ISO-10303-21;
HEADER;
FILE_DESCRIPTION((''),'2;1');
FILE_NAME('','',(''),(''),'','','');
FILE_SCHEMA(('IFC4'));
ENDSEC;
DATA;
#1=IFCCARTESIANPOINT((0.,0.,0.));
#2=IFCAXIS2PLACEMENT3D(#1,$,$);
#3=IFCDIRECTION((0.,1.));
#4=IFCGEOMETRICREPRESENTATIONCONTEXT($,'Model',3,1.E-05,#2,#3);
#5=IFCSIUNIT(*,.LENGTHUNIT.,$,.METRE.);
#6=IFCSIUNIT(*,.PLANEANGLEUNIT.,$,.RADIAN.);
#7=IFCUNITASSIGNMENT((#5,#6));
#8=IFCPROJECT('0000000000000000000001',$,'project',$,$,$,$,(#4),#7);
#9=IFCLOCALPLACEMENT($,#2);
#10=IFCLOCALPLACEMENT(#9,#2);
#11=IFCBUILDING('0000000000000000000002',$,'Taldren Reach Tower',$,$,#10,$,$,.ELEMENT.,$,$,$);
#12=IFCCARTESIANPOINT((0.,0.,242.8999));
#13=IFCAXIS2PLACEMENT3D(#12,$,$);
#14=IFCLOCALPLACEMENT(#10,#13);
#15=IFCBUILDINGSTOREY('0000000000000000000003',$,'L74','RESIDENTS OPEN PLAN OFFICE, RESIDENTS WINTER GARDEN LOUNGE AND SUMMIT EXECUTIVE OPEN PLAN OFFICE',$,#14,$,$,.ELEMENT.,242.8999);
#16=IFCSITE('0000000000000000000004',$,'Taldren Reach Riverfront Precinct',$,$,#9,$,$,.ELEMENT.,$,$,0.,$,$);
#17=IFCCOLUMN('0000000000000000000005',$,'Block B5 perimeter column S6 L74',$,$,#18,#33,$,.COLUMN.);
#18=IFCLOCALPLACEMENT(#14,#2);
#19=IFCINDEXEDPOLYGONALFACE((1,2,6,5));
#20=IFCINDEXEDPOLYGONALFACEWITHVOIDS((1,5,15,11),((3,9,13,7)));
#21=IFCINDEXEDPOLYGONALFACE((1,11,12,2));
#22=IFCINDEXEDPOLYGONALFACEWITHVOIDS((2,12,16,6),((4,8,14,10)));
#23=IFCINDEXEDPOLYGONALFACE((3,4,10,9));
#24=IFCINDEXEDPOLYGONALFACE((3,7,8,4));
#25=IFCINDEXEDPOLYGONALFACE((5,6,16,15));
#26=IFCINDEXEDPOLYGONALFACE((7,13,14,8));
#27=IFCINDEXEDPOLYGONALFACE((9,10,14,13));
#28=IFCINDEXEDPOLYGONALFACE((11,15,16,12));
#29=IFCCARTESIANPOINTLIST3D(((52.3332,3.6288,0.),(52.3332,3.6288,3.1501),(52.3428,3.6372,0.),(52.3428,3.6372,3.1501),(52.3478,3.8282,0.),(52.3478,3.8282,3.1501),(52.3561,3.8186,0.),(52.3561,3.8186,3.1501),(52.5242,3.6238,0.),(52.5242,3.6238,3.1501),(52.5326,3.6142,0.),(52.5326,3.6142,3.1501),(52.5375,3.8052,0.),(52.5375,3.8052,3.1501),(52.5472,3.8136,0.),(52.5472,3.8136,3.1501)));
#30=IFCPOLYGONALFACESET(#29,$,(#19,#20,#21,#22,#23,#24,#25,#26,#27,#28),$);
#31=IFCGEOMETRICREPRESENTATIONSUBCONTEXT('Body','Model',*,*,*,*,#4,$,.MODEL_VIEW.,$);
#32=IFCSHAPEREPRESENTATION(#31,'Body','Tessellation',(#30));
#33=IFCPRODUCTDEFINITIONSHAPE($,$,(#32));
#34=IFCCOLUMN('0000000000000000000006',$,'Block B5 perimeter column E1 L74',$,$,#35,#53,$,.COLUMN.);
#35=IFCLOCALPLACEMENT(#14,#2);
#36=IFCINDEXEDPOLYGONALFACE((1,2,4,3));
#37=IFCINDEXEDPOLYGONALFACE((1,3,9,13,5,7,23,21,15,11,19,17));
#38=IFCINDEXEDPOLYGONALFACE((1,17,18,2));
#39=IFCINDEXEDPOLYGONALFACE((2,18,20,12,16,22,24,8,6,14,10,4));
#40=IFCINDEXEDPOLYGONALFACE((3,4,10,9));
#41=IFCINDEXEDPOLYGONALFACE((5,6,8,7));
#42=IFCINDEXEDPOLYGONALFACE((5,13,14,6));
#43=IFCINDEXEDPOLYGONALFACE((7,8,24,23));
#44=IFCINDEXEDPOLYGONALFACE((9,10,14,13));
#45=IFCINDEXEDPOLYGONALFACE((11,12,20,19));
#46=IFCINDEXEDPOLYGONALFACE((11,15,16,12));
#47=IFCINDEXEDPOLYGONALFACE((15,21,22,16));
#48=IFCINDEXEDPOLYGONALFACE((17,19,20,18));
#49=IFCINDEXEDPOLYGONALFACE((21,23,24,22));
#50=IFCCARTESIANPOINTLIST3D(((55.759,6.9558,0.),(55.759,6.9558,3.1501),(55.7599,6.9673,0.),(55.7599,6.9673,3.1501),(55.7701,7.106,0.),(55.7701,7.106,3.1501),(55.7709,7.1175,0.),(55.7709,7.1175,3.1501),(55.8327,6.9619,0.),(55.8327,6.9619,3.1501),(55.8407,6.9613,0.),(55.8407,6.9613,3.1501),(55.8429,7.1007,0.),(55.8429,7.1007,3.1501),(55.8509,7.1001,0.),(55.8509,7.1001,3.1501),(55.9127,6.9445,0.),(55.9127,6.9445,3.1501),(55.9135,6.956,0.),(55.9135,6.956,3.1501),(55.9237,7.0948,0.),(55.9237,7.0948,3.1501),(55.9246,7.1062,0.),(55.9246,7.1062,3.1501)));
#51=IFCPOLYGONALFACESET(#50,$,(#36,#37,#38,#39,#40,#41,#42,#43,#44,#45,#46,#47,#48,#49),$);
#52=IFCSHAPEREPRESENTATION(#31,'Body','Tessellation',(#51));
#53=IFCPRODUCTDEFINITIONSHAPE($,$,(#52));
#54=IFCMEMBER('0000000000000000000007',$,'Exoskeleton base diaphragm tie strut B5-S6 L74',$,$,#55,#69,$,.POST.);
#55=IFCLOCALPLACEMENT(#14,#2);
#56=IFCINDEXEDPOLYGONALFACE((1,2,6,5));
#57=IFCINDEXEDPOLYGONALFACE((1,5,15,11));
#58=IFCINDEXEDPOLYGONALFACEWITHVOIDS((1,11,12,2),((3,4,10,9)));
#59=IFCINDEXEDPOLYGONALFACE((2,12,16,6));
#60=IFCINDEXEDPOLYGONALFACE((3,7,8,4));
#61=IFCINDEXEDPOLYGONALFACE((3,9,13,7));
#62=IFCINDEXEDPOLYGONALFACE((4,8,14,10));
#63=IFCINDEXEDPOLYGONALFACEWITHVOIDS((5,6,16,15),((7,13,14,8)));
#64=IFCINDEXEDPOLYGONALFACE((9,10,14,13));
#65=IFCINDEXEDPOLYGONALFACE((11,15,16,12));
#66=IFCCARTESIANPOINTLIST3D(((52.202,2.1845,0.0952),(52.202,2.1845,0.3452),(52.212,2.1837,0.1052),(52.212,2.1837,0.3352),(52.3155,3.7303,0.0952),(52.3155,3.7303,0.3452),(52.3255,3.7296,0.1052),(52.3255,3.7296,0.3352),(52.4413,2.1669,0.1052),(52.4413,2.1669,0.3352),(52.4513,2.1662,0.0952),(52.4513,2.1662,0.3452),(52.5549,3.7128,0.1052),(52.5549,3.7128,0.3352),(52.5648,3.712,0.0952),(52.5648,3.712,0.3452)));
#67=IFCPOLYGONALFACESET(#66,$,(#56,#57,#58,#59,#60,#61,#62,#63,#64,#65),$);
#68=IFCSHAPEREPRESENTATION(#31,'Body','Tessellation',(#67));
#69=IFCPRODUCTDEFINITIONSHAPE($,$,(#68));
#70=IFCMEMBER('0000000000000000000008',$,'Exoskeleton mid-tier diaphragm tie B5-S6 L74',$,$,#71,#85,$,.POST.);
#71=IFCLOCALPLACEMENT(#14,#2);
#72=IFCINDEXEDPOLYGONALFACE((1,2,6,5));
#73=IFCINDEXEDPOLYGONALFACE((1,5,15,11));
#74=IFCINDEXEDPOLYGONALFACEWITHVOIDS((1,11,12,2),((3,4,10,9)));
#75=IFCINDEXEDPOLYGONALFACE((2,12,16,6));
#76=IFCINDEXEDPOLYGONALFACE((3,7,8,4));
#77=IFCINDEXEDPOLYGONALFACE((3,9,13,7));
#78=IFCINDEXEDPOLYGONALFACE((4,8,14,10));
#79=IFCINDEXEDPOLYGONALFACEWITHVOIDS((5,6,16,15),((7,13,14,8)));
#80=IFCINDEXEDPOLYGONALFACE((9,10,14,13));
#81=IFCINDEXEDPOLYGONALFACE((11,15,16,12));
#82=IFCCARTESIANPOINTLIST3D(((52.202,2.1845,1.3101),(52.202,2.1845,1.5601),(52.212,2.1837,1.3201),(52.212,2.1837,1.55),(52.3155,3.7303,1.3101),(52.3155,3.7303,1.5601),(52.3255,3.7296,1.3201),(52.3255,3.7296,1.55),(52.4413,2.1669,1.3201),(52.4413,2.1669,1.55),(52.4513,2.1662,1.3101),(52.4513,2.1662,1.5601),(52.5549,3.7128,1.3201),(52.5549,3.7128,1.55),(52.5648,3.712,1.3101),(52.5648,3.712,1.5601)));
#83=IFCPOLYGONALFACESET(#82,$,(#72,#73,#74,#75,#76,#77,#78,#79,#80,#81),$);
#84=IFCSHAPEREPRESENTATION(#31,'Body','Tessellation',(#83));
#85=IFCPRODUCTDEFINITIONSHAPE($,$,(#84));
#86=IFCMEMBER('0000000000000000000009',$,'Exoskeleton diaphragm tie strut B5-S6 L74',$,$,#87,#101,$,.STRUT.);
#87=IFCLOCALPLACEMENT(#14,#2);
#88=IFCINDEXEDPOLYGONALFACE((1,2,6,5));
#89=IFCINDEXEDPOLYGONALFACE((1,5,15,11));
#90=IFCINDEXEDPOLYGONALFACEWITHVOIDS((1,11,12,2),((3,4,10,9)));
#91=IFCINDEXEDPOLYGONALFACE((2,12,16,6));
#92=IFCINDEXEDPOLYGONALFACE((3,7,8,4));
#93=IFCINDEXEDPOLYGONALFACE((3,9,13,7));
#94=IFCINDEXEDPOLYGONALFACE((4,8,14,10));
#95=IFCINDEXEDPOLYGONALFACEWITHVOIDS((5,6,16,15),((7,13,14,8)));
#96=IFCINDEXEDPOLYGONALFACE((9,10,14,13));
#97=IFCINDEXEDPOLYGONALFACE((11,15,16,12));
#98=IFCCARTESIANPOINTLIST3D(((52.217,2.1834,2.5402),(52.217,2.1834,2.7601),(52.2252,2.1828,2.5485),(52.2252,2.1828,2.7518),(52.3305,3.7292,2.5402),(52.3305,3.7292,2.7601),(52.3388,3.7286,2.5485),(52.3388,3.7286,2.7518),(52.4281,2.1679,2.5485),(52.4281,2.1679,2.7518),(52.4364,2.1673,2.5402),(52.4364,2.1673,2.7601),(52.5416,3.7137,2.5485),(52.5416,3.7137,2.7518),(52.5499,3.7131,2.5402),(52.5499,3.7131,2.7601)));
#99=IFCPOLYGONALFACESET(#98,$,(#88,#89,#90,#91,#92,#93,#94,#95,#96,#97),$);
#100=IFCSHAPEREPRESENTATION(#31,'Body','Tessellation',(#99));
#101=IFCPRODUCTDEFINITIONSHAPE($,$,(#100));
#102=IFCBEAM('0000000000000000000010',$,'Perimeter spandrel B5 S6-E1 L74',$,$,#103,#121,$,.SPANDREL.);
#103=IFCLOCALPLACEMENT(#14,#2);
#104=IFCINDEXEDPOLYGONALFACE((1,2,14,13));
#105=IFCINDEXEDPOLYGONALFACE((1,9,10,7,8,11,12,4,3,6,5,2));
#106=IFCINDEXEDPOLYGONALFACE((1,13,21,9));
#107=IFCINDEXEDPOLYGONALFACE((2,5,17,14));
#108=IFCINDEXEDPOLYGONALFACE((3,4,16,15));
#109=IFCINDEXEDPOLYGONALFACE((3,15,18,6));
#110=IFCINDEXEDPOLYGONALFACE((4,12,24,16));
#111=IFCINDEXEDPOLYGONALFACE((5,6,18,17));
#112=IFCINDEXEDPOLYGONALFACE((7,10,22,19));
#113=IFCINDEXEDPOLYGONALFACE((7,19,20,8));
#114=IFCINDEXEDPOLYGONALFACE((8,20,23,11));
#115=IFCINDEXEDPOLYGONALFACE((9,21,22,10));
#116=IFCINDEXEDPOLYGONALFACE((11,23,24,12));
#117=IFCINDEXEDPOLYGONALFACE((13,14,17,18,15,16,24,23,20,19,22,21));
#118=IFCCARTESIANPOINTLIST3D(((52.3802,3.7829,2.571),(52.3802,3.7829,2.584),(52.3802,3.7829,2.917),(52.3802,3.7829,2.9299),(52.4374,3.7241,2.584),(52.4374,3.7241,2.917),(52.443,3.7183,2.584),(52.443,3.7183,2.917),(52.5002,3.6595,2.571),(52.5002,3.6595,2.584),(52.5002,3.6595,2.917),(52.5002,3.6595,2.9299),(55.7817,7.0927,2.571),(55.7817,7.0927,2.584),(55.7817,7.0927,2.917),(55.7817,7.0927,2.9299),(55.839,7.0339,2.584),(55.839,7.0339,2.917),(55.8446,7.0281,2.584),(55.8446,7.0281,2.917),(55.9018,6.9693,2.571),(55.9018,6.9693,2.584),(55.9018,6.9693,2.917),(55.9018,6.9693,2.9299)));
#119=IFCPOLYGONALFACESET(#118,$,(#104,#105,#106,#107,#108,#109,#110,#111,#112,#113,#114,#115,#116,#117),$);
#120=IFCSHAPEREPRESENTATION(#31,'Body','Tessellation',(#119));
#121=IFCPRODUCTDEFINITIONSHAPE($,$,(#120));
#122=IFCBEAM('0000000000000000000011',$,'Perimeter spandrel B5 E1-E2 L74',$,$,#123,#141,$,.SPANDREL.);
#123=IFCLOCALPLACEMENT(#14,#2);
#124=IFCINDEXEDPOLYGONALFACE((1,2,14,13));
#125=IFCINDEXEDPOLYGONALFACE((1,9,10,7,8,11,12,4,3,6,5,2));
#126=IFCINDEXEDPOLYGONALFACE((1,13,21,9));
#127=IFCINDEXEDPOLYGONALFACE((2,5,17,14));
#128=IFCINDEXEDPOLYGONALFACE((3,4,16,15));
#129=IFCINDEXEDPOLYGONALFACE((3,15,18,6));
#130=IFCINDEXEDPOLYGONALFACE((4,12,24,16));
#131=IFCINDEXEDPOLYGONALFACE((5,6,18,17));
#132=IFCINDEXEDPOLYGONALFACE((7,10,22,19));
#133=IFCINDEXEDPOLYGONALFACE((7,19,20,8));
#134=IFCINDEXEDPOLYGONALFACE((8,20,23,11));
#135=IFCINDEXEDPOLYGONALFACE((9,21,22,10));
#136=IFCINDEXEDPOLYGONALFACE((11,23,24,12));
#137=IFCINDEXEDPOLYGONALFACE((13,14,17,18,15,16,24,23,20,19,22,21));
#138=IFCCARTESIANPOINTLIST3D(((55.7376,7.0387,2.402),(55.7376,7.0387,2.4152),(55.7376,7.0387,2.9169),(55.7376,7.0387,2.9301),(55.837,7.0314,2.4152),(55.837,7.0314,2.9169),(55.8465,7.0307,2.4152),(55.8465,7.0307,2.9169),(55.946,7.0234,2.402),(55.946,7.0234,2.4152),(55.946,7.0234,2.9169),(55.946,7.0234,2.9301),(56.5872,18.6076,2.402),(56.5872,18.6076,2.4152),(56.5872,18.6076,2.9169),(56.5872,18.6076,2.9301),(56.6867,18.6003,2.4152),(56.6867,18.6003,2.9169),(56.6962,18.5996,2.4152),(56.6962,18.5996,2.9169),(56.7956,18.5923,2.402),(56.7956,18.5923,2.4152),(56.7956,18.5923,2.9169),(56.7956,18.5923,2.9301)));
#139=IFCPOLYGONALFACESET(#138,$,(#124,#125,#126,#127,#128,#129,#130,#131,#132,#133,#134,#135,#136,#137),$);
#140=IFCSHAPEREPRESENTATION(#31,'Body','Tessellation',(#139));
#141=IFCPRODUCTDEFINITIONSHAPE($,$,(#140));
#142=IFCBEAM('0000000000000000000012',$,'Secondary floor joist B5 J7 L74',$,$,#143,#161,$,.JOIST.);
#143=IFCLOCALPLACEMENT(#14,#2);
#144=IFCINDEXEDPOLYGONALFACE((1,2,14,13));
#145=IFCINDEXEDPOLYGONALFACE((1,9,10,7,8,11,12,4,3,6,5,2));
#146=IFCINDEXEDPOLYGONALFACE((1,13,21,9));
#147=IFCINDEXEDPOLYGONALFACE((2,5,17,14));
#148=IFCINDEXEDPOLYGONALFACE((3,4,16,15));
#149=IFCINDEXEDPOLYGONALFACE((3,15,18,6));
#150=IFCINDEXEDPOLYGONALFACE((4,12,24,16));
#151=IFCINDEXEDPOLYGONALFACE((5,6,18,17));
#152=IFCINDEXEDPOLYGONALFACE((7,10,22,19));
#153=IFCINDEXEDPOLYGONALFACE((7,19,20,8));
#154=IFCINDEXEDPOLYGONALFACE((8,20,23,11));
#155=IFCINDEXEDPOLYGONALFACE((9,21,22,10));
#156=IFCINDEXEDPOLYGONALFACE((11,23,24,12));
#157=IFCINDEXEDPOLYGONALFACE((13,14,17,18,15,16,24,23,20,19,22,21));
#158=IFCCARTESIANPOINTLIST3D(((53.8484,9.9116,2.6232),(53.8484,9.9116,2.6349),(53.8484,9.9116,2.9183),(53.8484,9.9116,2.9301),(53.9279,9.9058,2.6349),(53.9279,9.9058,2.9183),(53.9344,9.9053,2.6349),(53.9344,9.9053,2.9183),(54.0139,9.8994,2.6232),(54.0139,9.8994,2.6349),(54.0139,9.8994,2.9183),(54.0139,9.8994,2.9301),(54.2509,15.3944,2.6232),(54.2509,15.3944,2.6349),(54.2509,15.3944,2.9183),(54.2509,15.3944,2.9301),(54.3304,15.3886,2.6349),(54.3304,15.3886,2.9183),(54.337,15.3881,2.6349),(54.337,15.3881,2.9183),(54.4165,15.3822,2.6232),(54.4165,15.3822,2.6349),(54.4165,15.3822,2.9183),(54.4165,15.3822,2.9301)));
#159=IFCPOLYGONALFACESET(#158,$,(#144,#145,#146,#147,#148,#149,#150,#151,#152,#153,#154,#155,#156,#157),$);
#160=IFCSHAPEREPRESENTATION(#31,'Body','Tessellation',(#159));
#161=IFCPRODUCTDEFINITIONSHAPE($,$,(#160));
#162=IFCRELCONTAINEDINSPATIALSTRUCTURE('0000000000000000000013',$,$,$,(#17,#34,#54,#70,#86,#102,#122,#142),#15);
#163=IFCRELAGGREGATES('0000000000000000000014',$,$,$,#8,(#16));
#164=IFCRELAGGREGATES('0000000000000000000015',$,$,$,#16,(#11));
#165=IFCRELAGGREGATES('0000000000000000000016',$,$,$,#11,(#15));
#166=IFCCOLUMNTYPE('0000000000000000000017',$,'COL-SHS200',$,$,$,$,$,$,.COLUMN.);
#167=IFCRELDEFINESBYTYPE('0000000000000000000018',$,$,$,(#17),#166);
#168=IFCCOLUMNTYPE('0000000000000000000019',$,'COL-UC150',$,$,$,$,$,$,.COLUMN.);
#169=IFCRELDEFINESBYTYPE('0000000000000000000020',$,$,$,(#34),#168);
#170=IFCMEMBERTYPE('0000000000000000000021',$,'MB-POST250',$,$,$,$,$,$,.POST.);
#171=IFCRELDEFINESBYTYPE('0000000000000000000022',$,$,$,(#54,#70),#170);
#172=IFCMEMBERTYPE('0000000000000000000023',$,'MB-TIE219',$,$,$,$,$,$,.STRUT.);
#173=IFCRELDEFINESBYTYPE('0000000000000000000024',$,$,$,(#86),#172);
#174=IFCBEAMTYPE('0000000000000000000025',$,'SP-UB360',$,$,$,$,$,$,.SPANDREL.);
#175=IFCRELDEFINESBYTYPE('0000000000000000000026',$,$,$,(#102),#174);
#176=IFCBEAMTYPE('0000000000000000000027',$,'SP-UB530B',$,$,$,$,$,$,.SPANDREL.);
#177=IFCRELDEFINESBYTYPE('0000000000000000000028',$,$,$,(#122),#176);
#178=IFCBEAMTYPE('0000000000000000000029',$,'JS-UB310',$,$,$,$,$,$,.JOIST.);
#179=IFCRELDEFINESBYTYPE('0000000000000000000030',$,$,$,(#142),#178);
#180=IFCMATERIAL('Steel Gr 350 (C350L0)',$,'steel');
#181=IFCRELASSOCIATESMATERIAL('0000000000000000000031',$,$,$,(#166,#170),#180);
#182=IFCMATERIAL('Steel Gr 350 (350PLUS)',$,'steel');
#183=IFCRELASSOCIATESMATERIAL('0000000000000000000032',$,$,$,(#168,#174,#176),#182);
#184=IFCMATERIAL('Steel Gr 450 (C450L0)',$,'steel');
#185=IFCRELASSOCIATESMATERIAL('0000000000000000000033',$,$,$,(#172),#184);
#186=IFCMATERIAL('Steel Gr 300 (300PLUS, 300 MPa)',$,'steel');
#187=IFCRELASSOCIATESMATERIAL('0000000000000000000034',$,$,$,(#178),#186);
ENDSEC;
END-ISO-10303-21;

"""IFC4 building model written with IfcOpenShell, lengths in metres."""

from ifc_helpers import new_model, si_unit, direction, frame, origin, origin_2d, place, context, subcontext, project, spatial, hollow_rectangle, i_section, extrude, source, transform, mapped, material, material_profile, profile_set, type_object, element, save


model = new_model("IFC4")

# Units and contexts
model_context = context("Model", 3, precision=1e-05, world=origin(), true_north=direction((0.0, 1.0)))
body_context = subcontext(model_context, "Body", "Model", "MODEL_VIEW")
ifc_project = project(units=[si_unit("LENGTHUNIT", "METRE"), si_unit("PLANEANGLEUNIT", "RADIAN")], contexts=[model_context])

# Site, building, storey
site_placement = place(None, origin())
site = spatial("IfcSite", under=ifc_project, at=site_placement, Name="Taldren Reach Riverfront Precinct", CompositionType="ELEMENT", RefElevation=0.0)
building_placement = place(site_placement, origin())
building = spatial("IfcBuilding", under=site, at=building_placement, Name="Taldren Reach Tower", CompositionType="ELEMENT")
storey_placement = place(building_placement, frame((0.0, 0.0, 242.8999)))
storey = spatial("IfcBuildingStorey", under=building, at=storey_placement, Name="L74", Description="RESIDENTS OPEN PLAN OFFICE, RESIDENTS WINTER GARDEN LOUNGE AND SUMMIT EXECUTIVE OPEN PLAN OFFICE", CompositionType="ELEMENT", Elevation=242.8999)

# Columns
ifc_material_1 = material(Name="Steel Gr 350 (C350L0)", Category="steel")
ifc_material_profile_1 = material_profile(ifc_material_1, hollow_rectangle(XDim=0.2, YDim=0.2, WallThickness=0.009, at=origin_2d()), Name="200x200x9.0SHS")
ifc_profile_set_1 = profile_set([ifc_material_profile_1], Name="Steel Gr 350 (C350L0)")
column_type_1 = type_object("IfcColumnType", Name="COL-SHS200", PredefinedType="COLUMN", material=ifc_profile_set_1)
shared_shape_1 = source(origin(), body_context, "Body", "SweptSolid", [
    extrude(hollow_rectangle(XDim=0.2, YDim=0.2, WallThickness=0.009, at=origin_2d()), origin(), (0.0, 0.0, 1.0), 3.1501),
])
column_1_placement = place(storey_placement, frame((52.4402, 3.7212, 0.0), z_axis=(0.0, 0.0, 1.0), x_axis=(0.997314, -0.073238, 0.0)))
element("IfcColumn", 1, at=column_1_placement, inside=storey, type_object=column_type_1, Name="Block B5 perimeter column S6 L74", PredefinedType="COLUMN", context=body_context, shape_type="MappedRepresentation", body=[
    mapped(shared_shape_1, transform((0.0, 0.0, 0.0), scale=1.0)),
])
ifc_material_2 = material(Name="Steel Gr 350 (350PLUS)", Category="steel")
ifc_material_profile_2 = material_profile(ifc_material_2, i_section(OverallWidth=0.1541, OverallDepth=0.1621, WebThickness=0.0081, FlangeThickness=0.0115, at=origin_2d()), Name="150UC37.2")
ifc_profile_set_2 = profile_set([ifc_material_profile_2], Name="Steel Gr 350 (350PLUS)")
column_type_2 = type_object("IfcColumnType", Name="COL-UC150", PredefinedType="COLUMN", material=ifc_profile_set_2)
shared_shape_2 = source(origin(), body_context, "Body", "SweptSolid", [
    extrude(i_section(OverallWidth=0.1541, OverallDepth=0.1621, WebThickness=0.0081, FlangeThickness=0.0115, at=origin_2d()), origin(), (0.0, 0.0, 1.0), 3.1501),
])
column_2_placement = place(storey_placement, frame((55.8418, 7.031, 0.0), z_axis=(0.0, 0.0, 1.0), x_axis=(0.997314, -0.073238, 0.0)))
element("IfcColumn", 2, at=column_2_placement, inside=storey, type_object=column_type_2, Name="Block B5 perimeter column E1 L74", PredefinedType="COLUMN", context=body_context, shape_type="MappedRepresentation", body=[
    mapped(shared_shape_2, transform((0.0, 0.0, 0.0), scale=1.0)),
])

# Members
ifc_material_profile_3 = material_profile(ifc_material_1, hollow_rectangle(XDim=0.25, YDim=0.25, WallThickness=0.01, at=origin_2d()), Name="250x250x10.0SHS")
ifc_profile_set_3 = profile_set([ifc_material_profile_3], Name="Steel Gr 350 (C350L0)")
member_type_1 = type_object("IfcMemberType", Name="MB-POST250", PredefinedType="POST", material=ifc_profile_set_3)
shared_shape_3 = source(origin(), body_context, "Body", "SweptSolid", [
    extrude(hollow_rectangle(XDim=0.25, YDim=0.25, WallThickness=0.01, at=origin_2d()), origin(), (0.0, 0.0, 1.0), 1.55),
])
for number, where, z_axis, x_axis, name in (
    (3, (52.4402, 3.7212, 0.2202), (-0.073239, -0.997314, 0.0), (0.997314, -0.073239, 0.0), "Exoskeleton base diaphragm tie strut B5-S6 L74"),
    (4, (52.4402, 3.7212, 1.4351), (-0.073239, -0.997314, 0.0), (0.997314, -0.073239, 0.0), "Exoskeleton mid-tier diaphragm tie B5-S6 L74"),
):
    element("IfcMember", number, at=place(storey_placement, frame(where, z_axis=z_axis, x_axis=x_axis)), inside=storey, type_object=member_type_1, Name=name, PredefinedType="POST", context=body_context, shape_type="MappedRepresentation", body=[
        mapped(shared_shape_3, transform((0.0, 0.0, 0.0), scale=1.0)),
    ])
ifc_material_3 = material(Name="Steel Gr 450 (C450L0)", Category="steel")
ifc_material_profile_4 = material_profile(ifc_material_3, hollow_rectangle(XDim=0.22, YDim=0.22, WallThickness=0.0083, at=origin_2d()), Name="220x220x8.2SHS")
ifc_profile_set_4 = profile_set([ifc_material_profile_4], Name="Steel Gr 450 (C450L0)")
member_type_2 = type_object("IfcMemberType", Name="MB-TIE219", PredefinedType="STRUT", material=ifc_profile_set_4)
shared_shape_4 = source(origin(), body_context, "Body", "SweptSolid", [
    extrude(hollow_rectangle(XDim=0.22, YDim=0.22, WallThickness=0.0083, at=origin_2d()), origin(), (0.0, 0.0, 1.0), 1.55),
])
member_1_placement = place(storey_placement, frame((52.4402, 3.7212, 2.6501), z_axis=(-0.073239, -0.997314, 0.0), x_axis=(0.997314, -0.073239, 0.0)))
element("IfcMember", 5, at=member_1_placement, inside=storey, type_object=member_type_2, Name="Exoskeleton diaphragm tie strut B5-S6 L74", PredefinedType="STRUT", context=body_context, shape_type="MappedRepresentation", body=[
    mapped(shared_shape_4, transform((0.0, 0.0, 0.0), scale=1.0)),
])

# Beams
ifc_material_profile_5 = material_profile(ifc_material_2, i_section(OverallWidth=0.1721, OverallDepth=0.3589, WebThickness=0.0081, FlangeThickness=0.0129, at=origin_2d()), Name="360UB56.7")
ifc_profile_set_5 = profile_set([ifc_material_profile_5], Name="Steel Gr 350 (350PLUS)")
beam_type_1 = type_object("IfcBeamType", Name="SP-UB360", PredefinedType="SPANDREL", material=ifc_profile_set_5)
shared_shape_5 = source(origin(), body_context, "Body", "SweptSolid", [
    extrude(i_section(OverallWidth=0.1721, OverallDepth=0.3589, WebThickness=0.0081, FlangeThickness=0.0129, at=origin_2d()), origin(), (0.0, 0.0, 1.0), 4.7461),
])
beam_1_placement = place(storey_placement, frame((52.4402, 3.7212, 2.7505), z_axis=(0.716711, 0.69737, 0.0), x_axis=(-0.69737, 0.716711, 0.0)))
element("IfcBeam", 6, at=beam_1_placement, inside=storey, type_object=beam_type_1, Name="Perimeter spandrel B5 S6-E1 L74", PredefinedType="SPANDREL", context=body_context, shape_type="MappedRepresentation", body=[
    mapped(shared_shape_5, transform((0.0, 0.0, 0.0), scale=1.0)),
])
ifc_material_profile_6 = material_profile(ifc_material_2, i_section(OverallWidth=0.209, OverallDepth=0.5281, WebThickness=0.0095, FlangeThickness=0.0132, at=origin_2d()), Name="530UB82.0")
ifc_profile_set_6 = profile_set([ifc_material_profile_6], Name="Steel Gr 350 (350PLUS)")
beam_type_2 = type_object("IfcBeamType", Name="SP-UB530B", PredefinedType="SPANDREL", material=ifc_profile_set_6)
shared_shape_6 = source(origin(), body_context, "Body", "SweptSolid", [
    extrude(i_section(OverallWidth=0.209, OverallDepth=0.5281, WebThickness=0.0095, FlangeThickness=0.0132, at=origin_2d()), origin(), (0.0, 0.0, 1.0), 11.6001),
])
beam_2_placement = place(storey_placement, frame((55.8418, 7.031, 2.666), z_axis=(0.073242, 0.997314, 0.0), x_axis=(-0.997314, 0.073242, 0.0)))
element("IfcBeam", 7, at=beam_2_placement, inside=storey, type_object=beam_type_2, Name="Perimeter spandrel B5 E1-E2 L74", PredefinedType="SPANDREL", context=body_context, shape_type="MappedRepresentation", body=[
    mapped(shared_shape_6, transform((0.0, 0.0, 0.0), scale=1.0)),
])
ifc_material_4 = material(Name="Steel Gr 300 (300PLUS, 300 MPa)", Category="steel")
ifc_material_profile_7 = material_profile(ifc_material_4, i_section(OverallWidth=0.166, OverallDepth=0.3069, WebThickness=0.0066, FlangeThickness=0.0117, at=origin_2d()), Name="310UB46.2")
ifc_profile_set_7 = profile_set([ifc_material_profile_7], Name="Steel Gr 300 (300PLUS, 300 MPa)")
beam_type_3 = type_object("IfcBeamType", Name="JS-UB310", PredefinedType="JOIST", material=ifc_profile_set_7)
shared_shape_7 = source(origin(), body_context, "Body", "SweptSolid", [
    extrude(i_section(OverallWidth=0.166, OverallDepth=0.3069, WebThickness=0.0066, FlangeThickness=0.0117, at=origin_2d()), origin(), (0.0, 0.0, 1.0), 5.4976),
])
beam_3_placement = place(storey_placement, frame((53.9312, 9.9055, 2.7766), z_axis=(0.073229, 0.997315, 0.0), x_axis=(-0.997315, 0.073229, 0.0)))
element("IfcBeam", 8, at=beam_3_placement, inside=storey, type_object=beam_type_3, Name="Secondary floor joist B5 J7 L74", PredefinedType="JOIST", context=body_context, shape_type="MappedRepresentation", body=[
    mapped(shared_shape_7, transform((0.0, 0.0, 0.0), scale=1.0)),
])

save(model, "model.ifc")
